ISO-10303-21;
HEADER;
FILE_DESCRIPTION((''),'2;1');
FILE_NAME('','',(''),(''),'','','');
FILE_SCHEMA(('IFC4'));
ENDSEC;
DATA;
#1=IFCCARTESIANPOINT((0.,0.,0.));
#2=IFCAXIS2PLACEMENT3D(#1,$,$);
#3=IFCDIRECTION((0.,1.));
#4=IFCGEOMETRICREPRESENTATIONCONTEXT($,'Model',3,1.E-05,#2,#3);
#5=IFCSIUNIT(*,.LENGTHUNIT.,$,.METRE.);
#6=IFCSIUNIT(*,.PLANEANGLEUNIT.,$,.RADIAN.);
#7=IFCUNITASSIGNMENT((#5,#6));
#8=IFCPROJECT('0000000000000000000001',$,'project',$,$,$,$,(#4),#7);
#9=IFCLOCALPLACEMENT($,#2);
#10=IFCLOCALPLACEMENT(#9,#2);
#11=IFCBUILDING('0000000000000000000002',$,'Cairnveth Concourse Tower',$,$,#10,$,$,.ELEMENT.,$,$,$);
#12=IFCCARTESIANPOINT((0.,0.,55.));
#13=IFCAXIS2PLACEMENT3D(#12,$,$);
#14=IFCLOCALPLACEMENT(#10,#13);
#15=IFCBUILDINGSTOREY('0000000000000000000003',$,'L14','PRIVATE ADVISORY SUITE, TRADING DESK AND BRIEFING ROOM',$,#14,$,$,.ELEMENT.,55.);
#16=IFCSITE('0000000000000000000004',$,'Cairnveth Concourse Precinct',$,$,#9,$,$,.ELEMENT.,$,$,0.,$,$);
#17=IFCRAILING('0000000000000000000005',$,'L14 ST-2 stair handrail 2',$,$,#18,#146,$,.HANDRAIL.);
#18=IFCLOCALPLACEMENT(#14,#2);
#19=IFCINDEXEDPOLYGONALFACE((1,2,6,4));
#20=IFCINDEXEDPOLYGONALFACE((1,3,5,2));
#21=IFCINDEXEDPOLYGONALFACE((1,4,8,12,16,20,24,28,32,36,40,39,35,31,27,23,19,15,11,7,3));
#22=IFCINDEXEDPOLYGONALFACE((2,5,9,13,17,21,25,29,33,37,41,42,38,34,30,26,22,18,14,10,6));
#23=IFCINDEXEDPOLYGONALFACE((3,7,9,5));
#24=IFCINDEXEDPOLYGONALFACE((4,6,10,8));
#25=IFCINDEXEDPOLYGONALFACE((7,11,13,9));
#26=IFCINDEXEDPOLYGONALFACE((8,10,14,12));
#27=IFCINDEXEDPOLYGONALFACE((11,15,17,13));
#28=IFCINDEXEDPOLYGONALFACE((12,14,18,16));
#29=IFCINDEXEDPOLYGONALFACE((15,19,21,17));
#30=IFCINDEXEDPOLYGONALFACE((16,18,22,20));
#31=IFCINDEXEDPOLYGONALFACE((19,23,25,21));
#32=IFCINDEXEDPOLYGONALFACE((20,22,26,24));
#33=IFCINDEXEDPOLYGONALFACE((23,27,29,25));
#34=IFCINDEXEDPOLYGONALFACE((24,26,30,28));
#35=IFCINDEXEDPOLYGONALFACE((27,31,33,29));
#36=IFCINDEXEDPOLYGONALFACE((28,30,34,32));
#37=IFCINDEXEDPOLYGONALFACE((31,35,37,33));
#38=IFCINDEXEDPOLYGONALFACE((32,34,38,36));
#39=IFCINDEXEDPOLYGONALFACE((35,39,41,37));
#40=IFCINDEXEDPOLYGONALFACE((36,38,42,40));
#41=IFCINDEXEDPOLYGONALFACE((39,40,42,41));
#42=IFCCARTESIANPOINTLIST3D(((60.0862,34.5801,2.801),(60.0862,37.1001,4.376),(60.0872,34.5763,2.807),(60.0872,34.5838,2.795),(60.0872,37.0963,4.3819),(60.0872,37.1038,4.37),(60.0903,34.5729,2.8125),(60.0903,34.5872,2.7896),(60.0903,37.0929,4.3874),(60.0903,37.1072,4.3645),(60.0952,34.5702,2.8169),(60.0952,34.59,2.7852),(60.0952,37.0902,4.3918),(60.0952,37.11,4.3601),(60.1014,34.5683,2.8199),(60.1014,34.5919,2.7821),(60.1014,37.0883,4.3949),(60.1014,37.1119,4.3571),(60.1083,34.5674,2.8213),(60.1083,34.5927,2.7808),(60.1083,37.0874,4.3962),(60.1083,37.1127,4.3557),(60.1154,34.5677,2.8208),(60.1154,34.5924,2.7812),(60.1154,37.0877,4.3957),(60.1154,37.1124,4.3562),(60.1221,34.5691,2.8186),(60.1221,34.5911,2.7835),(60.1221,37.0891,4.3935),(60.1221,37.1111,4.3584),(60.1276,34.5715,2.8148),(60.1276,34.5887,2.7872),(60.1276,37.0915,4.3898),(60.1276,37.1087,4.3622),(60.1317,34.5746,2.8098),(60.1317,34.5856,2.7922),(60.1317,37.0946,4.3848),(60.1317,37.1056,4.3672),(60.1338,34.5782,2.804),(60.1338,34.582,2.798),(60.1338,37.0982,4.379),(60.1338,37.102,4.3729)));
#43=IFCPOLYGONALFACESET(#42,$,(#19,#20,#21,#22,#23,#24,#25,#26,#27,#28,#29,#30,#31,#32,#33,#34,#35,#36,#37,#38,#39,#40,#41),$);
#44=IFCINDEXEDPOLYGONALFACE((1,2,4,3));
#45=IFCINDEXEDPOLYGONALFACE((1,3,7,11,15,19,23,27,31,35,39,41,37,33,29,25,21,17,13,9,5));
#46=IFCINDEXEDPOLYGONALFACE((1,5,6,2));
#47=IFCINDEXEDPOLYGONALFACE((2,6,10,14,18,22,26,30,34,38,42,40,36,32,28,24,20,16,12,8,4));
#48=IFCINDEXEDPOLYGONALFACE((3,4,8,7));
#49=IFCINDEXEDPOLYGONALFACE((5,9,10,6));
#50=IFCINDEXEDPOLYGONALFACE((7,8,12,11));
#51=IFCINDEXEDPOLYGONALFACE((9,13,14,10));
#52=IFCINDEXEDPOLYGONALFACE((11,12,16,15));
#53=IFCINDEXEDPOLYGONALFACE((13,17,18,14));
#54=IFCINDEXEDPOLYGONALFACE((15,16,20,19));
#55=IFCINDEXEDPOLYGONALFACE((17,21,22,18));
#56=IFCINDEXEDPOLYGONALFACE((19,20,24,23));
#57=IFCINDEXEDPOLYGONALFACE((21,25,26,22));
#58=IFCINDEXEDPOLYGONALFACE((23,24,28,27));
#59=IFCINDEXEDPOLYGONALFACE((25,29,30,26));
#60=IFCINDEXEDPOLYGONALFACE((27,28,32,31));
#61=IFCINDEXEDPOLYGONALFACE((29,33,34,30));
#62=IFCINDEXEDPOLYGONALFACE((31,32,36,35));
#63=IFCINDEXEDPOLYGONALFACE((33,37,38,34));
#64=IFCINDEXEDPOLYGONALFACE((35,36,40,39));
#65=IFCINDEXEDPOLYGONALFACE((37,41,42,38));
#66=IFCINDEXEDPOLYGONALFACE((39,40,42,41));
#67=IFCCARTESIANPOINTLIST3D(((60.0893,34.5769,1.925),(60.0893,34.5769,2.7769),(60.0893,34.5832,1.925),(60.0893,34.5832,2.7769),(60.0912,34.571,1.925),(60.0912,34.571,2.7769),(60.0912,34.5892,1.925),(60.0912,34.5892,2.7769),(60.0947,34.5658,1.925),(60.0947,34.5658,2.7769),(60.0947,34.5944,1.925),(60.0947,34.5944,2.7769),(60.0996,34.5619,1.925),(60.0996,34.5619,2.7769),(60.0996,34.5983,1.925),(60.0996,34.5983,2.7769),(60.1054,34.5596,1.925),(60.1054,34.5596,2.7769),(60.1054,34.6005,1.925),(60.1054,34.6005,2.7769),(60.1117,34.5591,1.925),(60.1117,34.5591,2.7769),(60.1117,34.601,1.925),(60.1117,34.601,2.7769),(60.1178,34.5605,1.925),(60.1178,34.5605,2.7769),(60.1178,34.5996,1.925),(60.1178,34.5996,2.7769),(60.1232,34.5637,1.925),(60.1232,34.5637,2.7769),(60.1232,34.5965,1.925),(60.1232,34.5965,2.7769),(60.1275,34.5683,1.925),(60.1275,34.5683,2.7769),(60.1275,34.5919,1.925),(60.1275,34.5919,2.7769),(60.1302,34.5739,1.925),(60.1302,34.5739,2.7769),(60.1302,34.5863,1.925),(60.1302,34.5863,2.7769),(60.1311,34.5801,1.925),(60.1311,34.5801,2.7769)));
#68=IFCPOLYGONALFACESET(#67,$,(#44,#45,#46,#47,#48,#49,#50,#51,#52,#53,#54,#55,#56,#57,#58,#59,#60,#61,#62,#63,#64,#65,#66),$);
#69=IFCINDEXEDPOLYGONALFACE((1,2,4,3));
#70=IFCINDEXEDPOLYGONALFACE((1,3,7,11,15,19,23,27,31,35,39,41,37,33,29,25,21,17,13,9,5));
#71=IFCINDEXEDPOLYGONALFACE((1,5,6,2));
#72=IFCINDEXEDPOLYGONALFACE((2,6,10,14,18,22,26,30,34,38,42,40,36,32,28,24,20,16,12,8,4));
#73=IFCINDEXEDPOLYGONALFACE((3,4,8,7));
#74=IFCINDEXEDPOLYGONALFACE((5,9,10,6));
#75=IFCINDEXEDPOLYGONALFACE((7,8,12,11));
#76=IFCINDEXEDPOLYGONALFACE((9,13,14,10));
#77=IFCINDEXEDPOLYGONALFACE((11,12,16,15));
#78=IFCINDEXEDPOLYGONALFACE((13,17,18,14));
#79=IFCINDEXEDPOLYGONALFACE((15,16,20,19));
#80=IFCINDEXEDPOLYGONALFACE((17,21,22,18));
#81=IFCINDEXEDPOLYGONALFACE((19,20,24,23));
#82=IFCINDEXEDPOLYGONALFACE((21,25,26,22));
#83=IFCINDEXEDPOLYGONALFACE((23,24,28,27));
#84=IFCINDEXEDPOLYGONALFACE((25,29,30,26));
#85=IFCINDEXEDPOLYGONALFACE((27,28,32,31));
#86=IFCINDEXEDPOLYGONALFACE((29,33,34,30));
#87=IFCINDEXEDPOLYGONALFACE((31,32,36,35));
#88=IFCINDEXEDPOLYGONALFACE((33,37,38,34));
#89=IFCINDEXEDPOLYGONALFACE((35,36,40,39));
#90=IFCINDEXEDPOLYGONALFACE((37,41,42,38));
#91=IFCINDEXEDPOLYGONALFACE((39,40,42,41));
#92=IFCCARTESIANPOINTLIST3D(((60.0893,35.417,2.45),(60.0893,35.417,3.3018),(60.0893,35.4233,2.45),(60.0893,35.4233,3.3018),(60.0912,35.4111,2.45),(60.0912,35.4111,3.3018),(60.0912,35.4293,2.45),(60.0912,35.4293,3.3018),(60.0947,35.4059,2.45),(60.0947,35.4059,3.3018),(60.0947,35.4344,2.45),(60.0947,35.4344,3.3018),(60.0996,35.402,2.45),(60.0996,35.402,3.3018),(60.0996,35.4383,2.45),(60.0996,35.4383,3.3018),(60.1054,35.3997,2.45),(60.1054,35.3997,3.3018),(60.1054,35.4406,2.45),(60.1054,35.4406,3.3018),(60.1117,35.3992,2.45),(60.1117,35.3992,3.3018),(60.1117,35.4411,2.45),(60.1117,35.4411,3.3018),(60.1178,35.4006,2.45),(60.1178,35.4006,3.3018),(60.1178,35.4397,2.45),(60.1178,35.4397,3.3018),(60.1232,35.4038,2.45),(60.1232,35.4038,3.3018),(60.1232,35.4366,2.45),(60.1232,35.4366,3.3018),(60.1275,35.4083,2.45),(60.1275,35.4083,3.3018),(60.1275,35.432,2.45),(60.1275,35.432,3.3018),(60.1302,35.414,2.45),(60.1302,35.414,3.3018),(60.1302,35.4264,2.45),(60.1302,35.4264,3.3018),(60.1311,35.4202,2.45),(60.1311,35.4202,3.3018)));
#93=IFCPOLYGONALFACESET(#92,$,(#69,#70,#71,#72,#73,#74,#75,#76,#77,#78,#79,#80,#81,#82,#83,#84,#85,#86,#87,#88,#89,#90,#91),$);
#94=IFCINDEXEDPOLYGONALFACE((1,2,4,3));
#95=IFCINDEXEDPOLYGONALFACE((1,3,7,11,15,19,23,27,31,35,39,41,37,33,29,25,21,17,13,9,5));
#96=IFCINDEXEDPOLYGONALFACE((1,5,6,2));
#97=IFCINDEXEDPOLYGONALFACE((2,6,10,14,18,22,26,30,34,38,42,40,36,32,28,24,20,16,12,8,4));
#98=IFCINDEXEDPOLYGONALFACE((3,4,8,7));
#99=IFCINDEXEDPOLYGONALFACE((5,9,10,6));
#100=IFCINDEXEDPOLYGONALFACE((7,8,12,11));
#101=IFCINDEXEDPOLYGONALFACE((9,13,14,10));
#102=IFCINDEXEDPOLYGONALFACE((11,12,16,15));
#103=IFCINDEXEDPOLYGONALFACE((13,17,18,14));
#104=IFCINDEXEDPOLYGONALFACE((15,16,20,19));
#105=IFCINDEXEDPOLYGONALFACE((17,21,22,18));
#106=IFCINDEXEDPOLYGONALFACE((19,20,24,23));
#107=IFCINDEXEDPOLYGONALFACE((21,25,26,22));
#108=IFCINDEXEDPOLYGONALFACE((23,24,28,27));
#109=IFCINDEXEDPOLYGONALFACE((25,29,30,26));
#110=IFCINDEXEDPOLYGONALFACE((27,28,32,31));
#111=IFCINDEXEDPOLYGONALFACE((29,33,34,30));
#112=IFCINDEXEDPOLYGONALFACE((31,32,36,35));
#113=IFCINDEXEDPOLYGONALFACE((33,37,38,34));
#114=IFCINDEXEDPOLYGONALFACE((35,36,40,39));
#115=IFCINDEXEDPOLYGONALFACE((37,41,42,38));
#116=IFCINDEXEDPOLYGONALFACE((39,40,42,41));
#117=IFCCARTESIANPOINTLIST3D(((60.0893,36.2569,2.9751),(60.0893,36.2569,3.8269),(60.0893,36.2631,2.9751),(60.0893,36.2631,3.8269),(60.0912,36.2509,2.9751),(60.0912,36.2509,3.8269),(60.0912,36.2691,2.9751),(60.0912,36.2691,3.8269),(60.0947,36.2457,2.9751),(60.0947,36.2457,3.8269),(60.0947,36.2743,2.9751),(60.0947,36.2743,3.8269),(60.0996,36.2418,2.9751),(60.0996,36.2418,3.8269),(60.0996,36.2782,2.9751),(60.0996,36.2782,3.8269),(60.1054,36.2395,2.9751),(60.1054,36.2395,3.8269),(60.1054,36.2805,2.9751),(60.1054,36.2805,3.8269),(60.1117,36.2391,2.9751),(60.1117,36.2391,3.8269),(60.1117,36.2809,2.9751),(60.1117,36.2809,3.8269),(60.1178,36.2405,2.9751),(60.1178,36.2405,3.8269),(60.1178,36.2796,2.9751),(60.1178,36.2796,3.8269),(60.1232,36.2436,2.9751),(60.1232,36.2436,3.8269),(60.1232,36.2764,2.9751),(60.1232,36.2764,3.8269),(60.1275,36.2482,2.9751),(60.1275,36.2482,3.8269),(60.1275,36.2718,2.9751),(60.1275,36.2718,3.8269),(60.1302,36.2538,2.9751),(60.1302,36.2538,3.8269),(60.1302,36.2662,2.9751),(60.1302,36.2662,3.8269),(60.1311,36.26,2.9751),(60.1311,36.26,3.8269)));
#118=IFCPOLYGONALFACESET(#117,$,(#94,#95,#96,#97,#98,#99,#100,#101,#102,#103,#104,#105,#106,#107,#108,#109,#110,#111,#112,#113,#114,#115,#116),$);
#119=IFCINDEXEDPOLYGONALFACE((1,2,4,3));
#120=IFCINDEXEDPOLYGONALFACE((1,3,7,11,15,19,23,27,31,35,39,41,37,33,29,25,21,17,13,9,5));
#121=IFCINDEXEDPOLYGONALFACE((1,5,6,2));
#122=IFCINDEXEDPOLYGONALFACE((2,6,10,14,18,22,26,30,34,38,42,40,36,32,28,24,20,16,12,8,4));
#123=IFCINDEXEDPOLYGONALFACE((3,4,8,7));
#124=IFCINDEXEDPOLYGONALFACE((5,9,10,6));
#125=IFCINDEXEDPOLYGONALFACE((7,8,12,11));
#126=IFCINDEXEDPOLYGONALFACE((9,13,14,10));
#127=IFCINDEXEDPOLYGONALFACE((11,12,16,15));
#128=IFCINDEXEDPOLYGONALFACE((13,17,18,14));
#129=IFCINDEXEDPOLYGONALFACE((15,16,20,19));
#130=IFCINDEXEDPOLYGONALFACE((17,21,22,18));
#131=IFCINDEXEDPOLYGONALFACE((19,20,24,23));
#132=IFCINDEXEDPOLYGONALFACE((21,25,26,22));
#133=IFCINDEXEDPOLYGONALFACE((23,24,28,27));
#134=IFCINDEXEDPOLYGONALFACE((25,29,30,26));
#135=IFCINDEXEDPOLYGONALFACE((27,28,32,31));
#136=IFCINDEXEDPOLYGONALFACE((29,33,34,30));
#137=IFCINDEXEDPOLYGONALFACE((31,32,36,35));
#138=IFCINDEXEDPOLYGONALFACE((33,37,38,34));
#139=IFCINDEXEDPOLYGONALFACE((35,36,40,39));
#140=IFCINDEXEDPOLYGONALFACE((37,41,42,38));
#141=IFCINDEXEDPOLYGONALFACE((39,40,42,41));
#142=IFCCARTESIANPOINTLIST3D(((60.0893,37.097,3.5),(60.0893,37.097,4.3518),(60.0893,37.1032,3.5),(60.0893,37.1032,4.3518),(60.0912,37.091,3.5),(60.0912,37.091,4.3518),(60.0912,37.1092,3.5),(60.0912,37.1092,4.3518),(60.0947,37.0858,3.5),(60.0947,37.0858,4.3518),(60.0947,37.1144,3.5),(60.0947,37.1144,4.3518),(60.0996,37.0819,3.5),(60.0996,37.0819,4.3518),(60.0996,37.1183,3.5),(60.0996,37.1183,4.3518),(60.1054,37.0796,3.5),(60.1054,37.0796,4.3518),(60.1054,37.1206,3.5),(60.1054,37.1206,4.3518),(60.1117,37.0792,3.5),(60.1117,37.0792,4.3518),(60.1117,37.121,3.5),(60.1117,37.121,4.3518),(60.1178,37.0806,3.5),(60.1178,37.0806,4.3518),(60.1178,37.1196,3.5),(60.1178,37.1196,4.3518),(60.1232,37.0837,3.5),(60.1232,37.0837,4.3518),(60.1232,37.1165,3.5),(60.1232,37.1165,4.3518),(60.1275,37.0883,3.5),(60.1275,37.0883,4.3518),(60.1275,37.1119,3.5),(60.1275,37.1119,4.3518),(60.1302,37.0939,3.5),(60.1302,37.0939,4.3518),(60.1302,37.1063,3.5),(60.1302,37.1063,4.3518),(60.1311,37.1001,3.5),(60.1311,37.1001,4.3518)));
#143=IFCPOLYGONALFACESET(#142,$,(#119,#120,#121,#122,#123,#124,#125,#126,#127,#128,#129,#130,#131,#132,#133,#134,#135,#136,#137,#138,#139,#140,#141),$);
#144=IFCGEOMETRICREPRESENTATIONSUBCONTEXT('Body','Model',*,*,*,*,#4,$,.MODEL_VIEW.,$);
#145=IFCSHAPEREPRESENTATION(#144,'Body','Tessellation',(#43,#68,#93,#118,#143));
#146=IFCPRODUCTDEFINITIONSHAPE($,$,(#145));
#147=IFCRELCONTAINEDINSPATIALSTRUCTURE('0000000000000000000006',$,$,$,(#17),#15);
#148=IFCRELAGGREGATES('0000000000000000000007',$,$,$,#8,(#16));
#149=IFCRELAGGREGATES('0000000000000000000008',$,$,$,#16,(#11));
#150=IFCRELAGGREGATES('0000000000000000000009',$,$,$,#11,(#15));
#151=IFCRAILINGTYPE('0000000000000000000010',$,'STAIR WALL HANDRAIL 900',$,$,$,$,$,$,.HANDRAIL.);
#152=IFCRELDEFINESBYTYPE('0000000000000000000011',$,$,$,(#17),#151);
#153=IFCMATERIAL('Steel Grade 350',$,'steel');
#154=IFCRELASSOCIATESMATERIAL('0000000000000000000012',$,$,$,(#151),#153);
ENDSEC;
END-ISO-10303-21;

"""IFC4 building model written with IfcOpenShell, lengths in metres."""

from ifc_helpers import new_model, si_unit, direction, frame, origin, origin_2d, place, context, subcontext, project, spatial, circle, extrude, material, type_object, element, save


model = new_model("IFC4")

# Units and contexts
model_context = context("Model", 3, precision=1e-05, world=origin(), true_north=direction((0.0, 1.0)))
body_context = subcontext(model_context, "Body", "Model", "MODEL_VIEW")
ifc_project = project(units=[si_unit("LENGTHUNIT", "METRE"), si_unit("PLANEANGLEUNIT", "RADIAN")], contexts=[model_context])

# Site, building, storey
site_placement = place(None, origin())
site = spatial("IfcSite", under=ifc_project, at=site_placement, Name="Cairnveth Concourse Precinct", CompositionType="ELEMENT", RefElevation=0.0)
building_placement = place(site_placement, origin())
building = spatial("IfcBuilding", under=site, at=building_placement, Name="Cairnveth Concourse Tower", CompositionType="ELEMENT")
storey_placement = place(building_placement, frame((0.0, 0.0, 55.0)))
storey = spatial("IfcBuildingStorey", under=building, at=storey_placement, Name="L14", Description="PRIVATE ADVISORY SUITE, TRADING DESK AND BRIEFING ROOM", CompositionType="ELEMENT", Elevation=55.0)

# Shared definitions
ifc_material_1 = material(Name="Steel Grade 350", Category="steel")

# Railing
railing_type_1 = type_object("IfcRailingType", Name="STAIR WALL HANDRAIL 900", PredefinedType="HANDRAIL", material=ifc_material_1)
railing_1_placement = place(storey_placement, frame((60.1101, 34.5801, 1.925)))
element("IfcRailing", 1, at=railing_1_placement, inside=storey, type_object=railing_type_1, Name="L14 ST-2 stair handrail 2", PredefinedType="HANDRAIL", context=body_context, shape_type="SweptSolid", body=[
    extrude(circle(Radius=0.0239, at=origin_2d()), frame((0.0, 0.0, 0.876), z_axis=(0.0, 0.848008, 0.529984), x_axis=(-1.0, 0.0, 0.0)), (0.0, 0.0, 1.0), 2.9717),
    extrude(circle(Radius=0.021, at=origin_2d()), origin(), (0.0, 0.0, 1.0), 0.8518),
    extrude(circle(Radius=0.021, at=origin_2d()), frame((0.0, 0.8401, 0.5249)), (0.0, 0.0, 1.0), 0.8518),
    extrude(circle(Radius=0.021, at=origin_2d()), frame((0.0, 1.6799, 1.05)), (0.0, 0.0, 1.0), 0.8518),
    extrude(circle(Radius=0.021, at=origin_2d()), frame((0.0, 2.52, 1.575)), (0.0, 0.0, 1.0), 0.8518),
])

save(model, "model.ifc")
